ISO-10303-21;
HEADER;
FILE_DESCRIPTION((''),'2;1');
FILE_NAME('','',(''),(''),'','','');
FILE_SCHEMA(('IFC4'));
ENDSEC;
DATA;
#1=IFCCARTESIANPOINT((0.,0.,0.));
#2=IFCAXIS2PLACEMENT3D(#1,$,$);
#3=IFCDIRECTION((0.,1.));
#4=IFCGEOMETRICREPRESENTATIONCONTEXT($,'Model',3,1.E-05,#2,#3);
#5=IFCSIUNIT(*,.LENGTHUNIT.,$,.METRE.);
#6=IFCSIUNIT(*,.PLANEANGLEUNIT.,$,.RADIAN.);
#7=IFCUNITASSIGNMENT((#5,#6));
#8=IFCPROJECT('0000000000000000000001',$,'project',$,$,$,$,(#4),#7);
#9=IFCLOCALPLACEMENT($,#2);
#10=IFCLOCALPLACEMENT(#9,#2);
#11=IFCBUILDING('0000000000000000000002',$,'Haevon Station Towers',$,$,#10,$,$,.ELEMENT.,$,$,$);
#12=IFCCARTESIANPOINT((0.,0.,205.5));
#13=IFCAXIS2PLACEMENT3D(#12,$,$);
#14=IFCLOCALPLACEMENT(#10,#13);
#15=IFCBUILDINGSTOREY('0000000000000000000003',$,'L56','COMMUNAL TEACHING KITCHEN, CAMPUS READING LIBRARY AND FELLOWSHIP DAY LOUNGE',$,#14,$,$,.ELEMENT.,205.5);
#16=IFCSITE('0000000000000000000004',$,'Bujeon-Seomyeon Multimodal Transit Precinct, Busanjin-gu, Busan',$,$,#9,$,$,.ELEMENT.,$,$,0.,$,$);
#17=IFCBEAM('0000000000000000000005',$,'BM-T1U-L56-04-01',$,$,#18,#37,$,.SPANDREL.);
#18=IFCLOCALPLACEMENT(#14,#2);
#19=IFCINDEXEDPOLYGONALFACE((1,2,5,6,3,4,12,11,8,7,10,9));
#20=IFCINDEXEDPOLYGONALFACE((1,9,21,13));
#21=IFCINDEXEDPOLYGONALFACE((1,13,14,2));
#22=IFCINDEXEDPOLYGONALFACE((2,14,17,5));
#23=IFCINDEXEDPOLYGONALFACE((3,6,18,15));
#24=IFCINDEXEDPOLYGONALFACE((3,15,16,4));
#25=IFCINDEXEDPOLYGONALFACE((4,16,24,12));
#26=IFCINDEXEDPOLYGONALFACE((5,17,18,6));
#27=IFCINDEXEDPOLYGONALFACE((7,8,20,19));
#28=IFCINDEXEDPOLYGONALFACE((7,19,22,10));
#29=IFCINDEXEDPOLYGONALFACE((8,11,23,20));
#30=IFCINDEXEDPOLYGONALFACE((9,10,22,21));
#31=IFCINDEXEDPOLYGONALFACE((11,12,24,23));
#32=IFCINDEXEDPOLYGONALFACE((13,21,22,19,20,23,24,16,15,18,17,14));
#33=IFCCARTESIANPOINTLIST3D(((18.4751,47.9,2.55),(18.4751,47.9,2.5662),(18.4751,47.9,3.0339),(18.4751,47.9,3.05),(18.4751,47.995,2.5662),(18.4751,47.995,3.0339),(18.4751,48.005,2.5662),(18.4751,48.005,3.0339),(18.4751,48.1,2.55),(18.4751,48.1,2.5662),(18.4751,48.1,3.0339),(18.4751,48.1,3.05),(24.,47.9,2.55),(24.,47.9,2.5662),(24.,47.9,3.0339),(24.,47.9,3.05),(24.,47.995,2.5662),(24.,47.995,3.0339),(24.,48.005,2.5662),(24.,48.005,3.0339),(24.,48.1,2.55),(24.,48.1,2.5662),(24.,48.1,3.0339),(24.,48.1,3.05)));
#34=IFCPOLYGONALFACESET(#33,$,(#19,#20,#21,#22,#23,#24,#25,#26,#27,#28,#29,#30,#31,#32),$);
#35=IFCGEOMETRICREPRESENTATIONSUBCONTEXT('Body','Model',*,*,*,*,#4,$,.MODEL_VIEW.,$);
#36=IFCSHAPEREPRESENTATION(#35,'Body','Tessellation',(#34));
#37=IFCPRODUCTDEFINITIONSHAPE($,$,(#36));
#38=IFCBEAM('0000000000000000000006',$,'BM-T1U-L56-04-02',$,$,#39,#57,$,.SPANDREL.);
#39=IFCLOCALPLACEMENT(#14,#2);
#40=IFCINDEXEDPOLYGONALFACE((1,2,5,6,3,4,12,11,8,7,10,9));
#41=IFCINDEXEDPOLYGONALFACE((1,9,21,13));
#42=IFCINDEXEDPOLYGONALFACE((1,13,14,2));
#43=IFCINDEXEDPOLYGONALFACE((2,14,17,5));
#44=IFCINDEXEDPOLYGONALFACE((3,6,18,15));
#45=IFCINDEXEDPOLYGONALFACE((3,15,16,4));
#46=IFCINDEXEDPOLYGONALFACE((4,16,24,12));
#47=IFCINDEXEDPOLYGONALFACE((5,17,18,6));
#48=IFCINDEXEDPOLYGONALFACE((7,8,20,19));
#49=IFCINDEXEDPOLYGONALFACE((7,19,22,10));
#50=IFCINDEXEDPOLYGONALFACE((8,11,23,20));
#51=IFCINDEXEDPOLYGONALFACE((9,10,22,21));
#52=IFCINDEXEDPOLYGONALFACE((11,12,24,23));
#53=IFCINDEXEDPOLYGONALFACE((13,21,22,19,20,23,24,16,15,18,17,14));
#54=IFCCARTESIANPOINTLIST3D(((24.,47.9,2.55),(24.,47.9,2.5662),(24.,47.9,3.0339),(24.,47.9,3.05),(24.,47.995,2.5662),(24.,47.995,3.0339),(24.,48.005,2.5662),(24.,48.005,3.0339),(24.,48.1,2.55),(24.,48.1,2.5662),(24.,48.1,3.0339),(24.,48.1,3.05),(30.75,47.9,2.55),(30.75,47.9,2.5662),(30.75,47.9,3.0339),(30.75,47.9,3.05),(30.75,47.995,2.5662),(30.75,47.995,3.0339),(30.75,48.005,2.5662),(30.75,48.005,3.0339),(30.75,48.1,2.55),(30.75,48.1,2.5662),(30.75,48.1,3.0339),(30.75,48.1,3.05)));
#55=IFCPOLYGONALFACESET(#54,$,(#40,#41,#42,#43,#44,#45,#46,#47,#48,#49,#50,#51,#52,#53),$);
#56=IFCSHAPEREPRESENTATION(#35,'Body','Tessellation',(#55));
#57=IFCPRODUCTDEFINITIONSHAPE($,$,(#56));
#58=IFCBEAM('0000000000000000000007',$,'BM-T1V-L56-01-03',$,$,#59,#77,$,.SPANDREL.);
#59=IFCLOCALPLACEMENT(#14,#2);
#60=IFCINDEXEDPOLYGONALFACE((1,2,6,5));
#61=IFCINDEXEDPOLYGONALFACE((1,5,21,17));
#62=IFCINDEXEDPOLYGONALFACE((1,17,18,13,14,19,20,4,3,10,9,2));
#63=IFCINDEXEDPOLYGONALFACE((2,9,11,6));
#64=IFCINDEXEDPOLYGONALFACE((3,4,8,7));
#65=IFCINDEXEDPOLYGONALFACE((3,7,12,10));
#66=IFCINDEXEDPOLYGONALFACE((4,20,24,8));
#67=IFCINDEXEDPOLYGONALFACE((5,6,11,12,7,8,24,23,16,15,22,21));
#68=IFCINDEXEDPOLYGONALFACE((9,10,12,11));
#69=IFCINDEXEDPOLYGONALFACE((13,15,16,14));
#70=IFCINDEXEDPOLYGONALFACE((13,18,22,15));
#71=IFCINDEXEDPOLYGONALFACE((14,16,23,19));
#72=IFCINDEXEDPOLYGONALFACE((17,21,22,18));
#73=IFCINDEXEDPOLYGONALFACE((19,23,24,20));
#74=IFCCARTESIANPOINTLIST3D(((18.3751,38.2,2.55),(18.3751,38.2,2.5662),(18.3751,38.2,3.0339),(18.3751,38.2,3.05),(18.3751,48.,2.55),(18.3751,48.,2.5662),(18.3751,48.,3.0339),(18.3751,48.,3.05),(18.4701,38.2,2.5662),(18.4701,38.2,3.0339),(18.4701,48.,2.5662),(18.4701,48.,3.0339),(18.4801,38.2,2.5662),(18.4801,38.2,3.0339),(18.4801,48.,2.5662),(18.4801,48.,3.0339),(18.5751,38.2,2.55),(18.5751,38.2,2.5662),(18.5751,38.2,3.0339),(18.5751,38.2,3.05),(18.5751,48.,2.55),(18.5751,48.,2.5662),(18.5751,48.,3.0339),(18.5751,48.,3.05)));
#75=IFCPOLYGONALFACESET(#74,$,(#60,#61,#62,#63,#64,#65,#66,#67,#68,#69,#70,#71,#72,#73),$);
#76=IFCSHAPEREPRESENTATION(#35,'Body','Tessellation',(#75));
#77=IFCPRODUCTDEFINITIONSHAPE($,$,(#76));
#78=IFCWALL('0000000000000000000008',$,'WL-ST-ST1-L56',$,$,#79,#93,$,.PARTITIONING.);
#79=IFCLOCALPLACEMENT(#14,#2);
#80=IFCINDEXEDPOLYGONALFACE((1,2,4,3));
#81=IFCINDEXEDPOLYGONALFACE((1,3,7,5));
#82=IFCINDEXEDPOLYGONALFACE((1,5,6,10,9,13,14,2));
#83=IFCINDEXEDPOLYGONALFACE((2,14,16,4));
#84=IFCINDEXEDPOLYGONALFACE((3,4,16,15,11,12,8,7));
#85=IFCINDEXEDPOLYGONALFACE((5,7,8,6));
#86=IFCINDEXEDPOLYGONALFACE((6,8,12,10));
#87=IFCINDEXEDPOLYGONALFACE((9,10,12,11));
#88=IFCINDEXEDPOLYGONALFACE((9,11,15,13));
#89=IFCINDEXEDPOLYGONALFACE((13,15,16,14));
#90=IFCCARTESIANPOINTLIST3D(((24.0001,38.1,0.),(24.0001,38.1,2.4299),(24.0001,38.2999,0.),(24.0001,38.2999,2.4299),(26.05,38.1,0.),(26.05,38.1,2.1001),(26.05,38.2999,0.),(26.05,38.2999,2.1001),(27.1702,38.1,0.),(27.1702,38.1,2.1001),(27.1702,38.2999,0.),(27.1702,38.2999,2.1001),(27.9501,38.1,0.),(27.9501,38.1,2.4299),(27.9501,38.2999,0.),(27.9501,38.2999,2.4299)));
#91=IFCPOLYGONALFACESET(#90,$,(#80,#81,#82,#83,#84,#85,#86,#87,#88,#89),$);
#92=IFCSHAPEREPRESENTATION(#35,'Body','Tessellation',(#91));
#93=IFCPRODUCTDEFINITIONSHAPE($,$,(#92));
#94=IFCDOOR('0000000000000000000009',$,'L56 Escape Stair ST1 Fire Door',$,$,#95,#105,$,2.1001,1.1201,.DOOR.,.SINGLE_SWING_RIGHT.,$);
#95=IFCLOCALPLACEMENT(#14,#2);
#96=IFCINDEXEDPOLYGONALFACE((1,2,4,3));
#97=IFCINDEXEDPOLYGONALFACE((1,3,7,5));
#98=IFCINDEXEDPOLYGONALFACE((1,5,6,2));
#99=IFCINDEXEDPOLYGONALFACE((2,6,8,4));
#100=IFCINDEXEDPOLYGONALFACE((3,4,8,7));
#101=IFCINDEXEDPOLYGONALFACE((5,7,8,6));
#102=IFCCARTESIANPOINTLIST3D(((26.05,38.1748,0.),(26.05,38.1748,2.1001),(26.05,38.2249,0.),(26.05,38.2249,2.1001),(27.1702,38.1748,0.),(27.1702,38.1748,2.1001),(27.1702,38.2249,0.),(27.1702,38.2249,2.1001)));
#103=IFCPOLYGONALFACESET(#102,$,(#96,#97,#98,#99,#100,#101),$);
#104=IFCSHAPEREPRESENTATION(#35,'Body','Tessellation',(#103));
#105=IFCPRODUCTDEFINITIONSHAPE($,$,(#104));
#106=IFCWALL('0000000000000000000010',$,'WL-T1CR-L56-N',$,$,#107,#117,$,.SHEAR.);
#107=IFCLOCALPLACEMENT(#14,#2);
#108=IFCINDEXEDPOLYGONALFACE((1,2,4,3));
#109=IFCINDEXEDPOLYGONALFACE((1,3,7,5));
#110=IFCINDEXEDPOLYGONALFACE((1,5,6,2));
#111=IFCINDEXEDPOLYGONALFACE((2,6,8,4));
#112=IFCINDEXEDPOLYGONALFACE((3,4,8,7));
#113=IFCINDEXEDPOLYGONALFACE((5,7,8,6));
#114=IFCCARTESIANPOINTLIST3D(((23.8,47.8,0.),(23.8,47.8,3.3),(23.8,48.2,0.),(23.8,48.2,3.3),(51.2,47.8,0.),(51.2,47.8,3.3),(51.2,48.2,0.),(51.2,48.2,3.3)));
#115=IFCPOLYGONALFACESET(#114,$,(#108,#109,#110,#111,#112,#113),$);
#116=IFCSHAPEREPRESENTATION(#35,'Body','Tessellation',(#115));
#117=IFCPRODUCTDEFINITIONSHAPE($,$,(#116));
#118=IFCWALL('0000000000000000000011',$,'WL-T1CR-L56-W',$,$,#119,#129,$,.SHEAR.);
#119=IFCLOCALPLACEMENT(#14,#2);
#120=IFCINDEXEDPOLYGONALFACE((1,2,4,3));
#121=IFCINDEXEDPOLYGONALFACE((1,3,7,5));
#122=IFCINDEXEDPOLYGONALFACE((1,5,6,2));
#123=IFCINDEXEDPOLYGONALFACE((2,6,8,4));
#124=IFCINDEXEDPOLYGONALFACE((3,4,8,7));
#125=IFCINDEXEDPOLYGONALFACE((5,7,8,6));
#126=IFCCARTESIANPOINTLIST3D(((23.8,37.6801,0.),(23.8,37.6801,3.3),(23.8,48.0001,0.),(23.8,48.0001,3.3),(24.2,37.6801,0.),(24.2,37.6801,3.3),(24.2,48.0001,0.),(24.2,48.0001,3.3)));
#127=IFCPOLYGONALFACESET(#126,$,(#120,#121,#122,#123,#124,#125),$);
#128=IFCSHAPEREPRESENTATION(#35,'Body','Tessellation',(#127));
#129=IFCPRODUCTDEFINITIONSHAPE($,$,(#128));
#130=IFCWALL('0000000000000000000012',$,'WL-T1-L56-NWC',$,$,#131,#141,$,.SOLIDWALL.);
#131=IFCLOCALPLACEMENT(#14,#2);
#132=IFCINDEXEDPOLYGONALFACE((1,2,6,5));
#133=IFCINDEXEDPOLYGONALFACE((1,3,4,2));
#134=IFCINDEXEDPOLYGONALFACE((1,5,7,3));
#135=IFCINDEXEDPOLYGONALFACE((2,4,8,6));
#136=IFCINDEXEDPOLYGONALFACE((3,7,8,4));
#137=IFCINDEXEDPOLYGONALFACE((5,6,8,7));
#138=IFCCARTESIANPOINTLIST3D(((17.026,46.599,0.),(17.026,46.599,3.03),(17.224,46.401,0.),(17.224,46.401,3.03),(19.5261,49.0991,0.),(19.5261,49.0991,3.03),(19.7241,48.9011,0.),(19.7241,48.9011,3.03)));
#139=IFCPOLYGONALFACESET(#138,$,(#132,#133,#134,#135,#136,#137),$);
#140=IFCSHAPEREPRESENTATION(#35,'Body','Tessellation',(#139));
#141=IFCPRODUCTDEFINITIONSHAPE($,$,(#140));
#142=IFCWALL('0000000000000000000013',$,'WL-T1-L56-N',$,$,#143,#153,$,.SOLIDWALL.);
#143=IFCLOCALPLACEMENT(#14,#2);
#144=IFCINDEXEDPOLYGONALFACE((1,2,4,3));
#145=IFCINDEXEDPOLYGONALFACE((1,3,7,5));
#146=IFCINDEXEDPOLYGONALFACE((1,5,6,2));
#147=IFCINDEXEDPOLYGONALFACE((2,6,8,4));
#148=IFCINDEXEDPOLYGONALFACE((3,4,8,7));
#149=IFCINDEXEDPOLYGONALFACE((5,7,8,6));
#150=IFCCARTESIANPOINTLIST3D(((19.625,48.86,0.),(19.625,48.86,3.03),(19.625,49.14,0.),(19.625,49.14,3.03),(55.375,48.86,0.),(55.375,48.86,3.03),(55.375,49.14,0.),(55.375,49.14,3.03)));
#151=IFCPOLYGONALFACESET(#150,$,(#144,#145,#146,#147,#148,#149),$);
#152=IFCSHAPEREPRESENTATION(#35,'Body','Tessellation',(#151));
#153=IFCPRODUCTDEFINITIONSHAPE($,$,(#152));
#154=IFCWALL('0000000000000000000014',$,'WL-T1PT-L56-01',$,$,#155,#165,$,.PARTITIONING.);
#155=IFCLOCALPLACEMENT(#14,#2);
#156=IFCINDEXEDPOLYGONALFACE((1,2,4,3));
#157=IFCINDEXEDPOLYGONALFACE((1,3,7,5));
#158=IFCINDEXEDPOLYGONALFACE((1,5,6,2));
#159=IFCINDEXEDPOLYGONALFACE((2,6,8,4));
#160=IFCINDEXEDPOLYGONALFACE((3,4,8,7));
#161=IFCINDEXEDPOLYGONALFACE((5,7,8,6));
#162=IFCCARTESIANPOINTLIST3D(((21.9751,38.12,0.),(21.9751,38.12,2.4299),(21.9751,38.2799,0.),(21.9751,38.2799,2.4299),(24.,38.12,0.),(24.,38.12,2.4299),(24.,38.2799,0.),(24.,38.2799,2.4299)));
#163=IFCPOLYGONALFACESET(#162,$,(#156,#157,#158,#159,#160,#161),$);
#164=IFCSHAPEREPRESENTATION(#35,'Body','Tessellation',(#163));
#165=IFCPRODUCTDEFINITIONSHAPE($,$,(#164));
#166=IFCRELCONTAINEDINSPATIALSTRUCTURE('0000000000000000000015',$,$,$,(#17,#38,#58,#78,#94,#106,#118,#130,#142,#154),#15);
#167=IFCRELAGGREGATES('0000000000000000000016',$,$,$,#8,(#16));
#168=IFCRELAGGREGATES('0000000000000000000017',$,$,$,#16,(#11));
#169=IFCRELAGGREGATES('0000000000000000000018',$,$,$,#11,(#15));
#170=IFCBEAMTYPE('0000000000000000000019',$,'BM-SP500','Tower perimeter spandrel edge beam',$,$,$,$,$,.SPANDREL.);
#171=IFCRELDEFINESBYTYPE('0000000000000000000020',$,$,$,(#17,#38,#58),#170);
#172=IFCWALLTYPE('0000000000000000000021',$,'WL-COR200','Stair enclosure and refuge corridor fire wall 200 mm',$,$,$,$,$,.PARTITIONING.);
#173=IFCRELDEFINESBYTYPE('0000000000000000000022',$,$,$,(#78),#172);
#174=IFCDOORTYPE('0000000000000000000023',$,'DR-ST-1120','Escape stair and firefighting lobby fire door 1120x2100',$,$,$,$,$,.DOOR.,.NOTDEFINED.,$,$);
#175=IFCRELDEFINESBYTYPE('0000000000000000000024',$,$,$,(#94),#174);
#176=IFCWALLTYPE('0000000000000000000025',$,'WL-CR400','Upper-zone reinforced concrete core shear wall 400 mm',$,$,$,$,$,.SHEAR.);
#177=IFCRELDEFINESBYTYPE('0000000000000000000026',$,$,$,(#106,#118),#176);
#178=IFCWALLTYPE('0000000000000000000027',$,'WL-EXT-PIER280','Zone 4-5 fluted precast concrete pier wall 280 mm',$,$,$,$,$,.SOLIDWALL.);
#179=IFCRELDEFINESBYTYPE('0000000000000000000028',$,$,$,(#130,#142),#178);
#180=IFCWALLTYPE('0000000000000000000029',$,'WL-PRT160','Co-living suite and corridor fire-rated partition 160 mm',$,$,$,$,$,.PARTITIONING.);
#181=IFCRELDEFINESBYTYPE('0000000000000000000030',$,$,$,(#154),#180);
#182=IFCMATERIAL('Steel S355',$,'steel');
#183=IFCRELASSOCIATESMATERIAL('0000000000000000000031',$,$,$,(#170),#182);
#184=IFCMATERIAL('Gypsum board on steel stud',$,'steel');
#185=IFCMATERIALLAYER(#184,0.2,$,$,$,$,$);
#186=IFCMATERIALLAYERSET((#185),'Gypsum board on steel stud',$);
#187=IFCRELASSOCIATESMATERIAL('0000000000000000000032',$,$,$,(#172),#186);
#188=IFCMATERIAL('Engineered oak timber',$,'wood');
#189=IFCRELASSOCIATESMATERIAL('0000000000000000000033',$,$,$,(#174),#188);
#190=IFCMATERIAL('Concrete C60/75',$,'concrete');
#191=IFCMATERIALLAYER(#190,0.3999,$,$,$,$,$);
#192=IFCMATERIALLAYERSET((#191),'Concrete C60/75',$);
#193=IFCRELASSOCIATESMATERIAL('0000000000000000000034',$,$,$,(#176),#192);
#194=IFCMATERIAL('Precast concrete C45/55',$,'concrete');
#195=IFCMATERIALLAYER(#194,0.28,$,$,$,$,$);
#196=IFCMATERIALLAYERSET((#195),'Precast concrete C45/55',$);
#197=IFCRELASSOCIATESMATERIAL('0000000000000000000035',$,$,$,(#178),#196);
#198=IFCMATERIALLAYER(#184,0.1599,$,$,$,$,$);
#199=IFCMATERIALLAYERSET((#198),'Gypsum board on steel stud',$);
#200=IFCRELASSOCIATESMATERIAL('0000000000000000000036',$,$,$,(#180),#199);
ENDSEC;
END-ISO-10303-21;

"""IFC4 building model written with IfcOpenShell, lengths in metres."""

from ifc_helpers import new_model, si_unit, direction, frame, frame_2d, origin, origin_2d, place, context, subcontext, project, spatial, rectangle, i_section, extrude, material, layer, layer_set, material_profile, profile_set, type_object, element, fill, save


model = new_model("IFC4")

# Units and contexts
model_context = context("Model", 3, precision=1e-05, world=origin(), true_north=direction((0.0, 1.0)))
body_context = subcontext(model_context, "Body", "Model", "MODEL_VIEW")
ifc_project = project(units=[si_unit("LENGTHUNIT", "METRE"), si_unit("PLANEANGLEUNIT", "RADIAN")], contexts=[model_context])

# Site, building, storey
site_placement = place(None, origin())
site = spatial("IfcSite", under=ifc_project, at=site_placement, Name="Bujeon-Seomyeon Multimodal Transit Precinct, Busanjin-gu, Busan", CompositionType="ELEMENT", RefElevation=0.0)
building_placement = place(site_placement, origin())
building = spatial("IfcBuilding", under=site, at=building_placement, Name="Haevon Station Towers", CompositionType="ELEMENT")
storey_placement = place(building_placement, frame((0.0, 0.0, 205.5)))
storey = spatial("IfcBuildingStorey", under=building, at=storey_placement, Name="L56", Description="COMMUNAL TEACHING KITCHEN, CAMPUS READING LIBRARY AND FELLOWSHIP DAY LOUNGE", CompositionType="ELEMENT", Elevation=205.5)

# Shared definitions
ifc_material_1 = material(Name="Steel S355", Category="steel")

# Beams
ifc_material_profile_1 = material_profile(ifc_material_1, i_section(OverallWidth=0.2, OverallDepth=0.5, WebThickness=0.01, FlangeThickness=0.0161, at=origin_2d()), Name="H-500x200x10x16")
ifc_profile_set_1 = profile_set([ifc_material_profile_1], Name="Steel S355")
beam_type_1 = type_object("IfcBeamType", Name="BM-SP500", Description="Tower perimeter spandrel edge beam", PredefinedType="SPANDREL", material=ifc_profile_set_1)
beam_1_placement = place(storey_placement, frame((18.4751, 48.0, 2.8), z_axis=(1.0, 0.0, 0.0), x_axis=(0.0, 1.0, 0.0)))
element("IfcBeam", 1, at=beam_1_placement, inside=storey, type_object=beam_type_1, Name="BM-T1U-L56-04-01", PredefinedType="SPANDREL", context=body_context, shape_type="SweptSolid", body=[
    extrude(i_section(OverallWidth=0.2, OverallDepth=0.5, WebThickness=0.01, FlangeThickness=0.0161, at=origin_2d()), origin(), (0.0, 0.0, 1.0), 5.5249),
])
beam_2_placement = place(storey_placement, frame((24.0, 48.0, 2.8), z_axis=(1.0, 0.0, 0.0), x_axis=(0.0, 1.0, 0.0)))
element("IfcBeam", 2, at=beam_2_placement, inside=storey, type_object=beam_type_1, Name="BM-T1U-L56-04-02", PredefinedType="SPANDREL", context=body_context, shape_type="SweptSolid", body=[
    extrude(i_section(OverallWidth=0.2, OverallDepth=0.5, WebThickness=0.01, FlangeThickness=0.0161, at=origin_2d()), origin(), (0.0, 0.0, 1.0), 6.75),
])
beam_3_placement = place(storey_placement, frame((18.4751, 38.2, 2.8), z_axis=(0.0, 1.0, 0.0), x_axis=(-1.0, 0.0, 0.0)))
element("IfcBeam", 3, at=beam_3_placement, inside=storey, type_object=beam_type_1, Name="BM-T1V-L56-01-03", PredefinedType="SPANDREL", context=body_context, shape_type="SweptSolid", body=[
    extrude(i_section(OverallWidth=0.2, OverallDepth=0.5, WebThickness=0.01, FlangeThickness=0.0161, at=origin_2d()), origin(), (0.0, 0.0, 1.0), 9.8),
])

# Wall, opening, door
ifc_material_2 = material(Name="Gypsum board on steel stud", Category="steel")
ifc_layer_1 = layer(ifc_material_2, 0.2)
ifc_layer_set_1 = layer_set([ifc_layer_1], Name="Gypsum board on steel stud")
wall_type_1 = type_object("IfcWallType", Name="WL-COR200", Description="Stair enclosure and refuge corridor fire wall 200 mm", PredefinedType="PARTITIONING", material=ifc_layer_set_1)
wall_1_placement = place(storey_placement, frame((24.0, 38.2, 0.0), z_axis=(0.0, 0.0, 1.0), x_axis=(1.0, 0.0, 0.0)))
wall_1 = element("IfcWall", 4, at=wall_1_placement, inside=storey, type_object=wall_type_1, Name="WL-ST-ST1-L56", PredefinedType="PARTITIONING", context=body_context, shape_type="SweptSolid", body=[
    extrude(rectangle(XDim=3.95, YDim=0.2, at=frame_2d((1.9751, 0.0))), origin(), (0.0, 0.0, 1.0), 2.4299),
])
opening_1_placement = place(wall_1_placement, frame((2.05, 0.0, 0.0)))
opening_1 = element("IfcOpeningElement", 5, at=opening_1_placement, cuts=wall_1, PredefinedType="OPENING", context=body_context, shape_type="SweptSolid", body=[
    extrude(rectangle(XDim=1.1201, YDim=2.1001, at=frame_2d((0.5601, 1.05))), frame((0.0, 0.1099, 0.0), z_axis=(0.0, -1.0, 0.0), x_axis=(1.0, 0.0, 0.0)), (0.0, 0.0, 1.0), 0.22),
])
ifc_material_3 = material(Name="Engineered oak timber", Category="wood")
door_type_1 = type_object("IfcDoorType", Name="DR-ST-1120", Description="Escape stair and firefighting lobby fire door 1120x2100", OperationType="NOTDEFINED", PredefinedType="DOOR", material=ifc_material_3)
door_1_placement = place(opening_1_placement, origin())
door_1 = element("IfcDoor", 6, at=door_1_placement, inside=storey, type_object=door_type_1, Name="L56 Escape Stair ST1 Fire Door", OperationType="SINGLE_SWING_RIGHT", OverallHeight=2.1001, OverallWidth=1.1201, PredefinedType="DOOR", context=body_context, shape_type="SweptSolid", body=[
    extrude(rectangle(XDim=1.1201, YDim=2.1001, at=frame_2d((0.5601, 1.05))), frame((0.0, 0.0249, 0.0), z_axis=(0.0, -1.0, 0.0), x_axis=(1.0, 0.0, 0.0)), (0.0, 0.0, 1.0), 0.05),
])
fill(opening_1, door_1)

# Walls
ifc_material_4 = material(Name="Concrete C60/75", Category="concrete")
ifc_layer_2 = layer(ifc_material_4, 0.3999)
ifc_layer_set_2 = layer_set([ifc_layer_2], Name="Concrete C60/75")
wall_type_2 = type_object("IfcWallType", Name="WL-CR400", Description="Upper-zone reinforced concrete core shear wall 400 mm", PredefinedType="SHEAR", material=ifc_layer_set_2)
wall_2_placement = place(storey_placement, frame((23.8, 48.0, 0.0), z_axis=(0.0, 0.0, 1.0), x_axis=(1.0, 0.0, 0.0)))
element("IfcWall", 7, at=wall_2_placement, inside=storey, type_object=wall_type_2, Name="WL-T1CR-L56-N", PredefinedType="SHEAR", context=body_context, shape_type="SweptSolid", body=[
    extrude(rectangle(XDim=27.3999, YDim=0.3999, at=frame_2d((13.7, 0.0))), origin(), (0.0, 0.0, 1.0), 3.3),
])
wall_3_placement = place(storey_placement, frame((24.0, 37.6799, 0.0), z_axis=(0.0, 0.0, 1.0), x_axis=(0.0, 1.0, 0.0)))
element("IfcWall", 8, at=wall_3_placement, inside=storey, type_object=wall_type_2, Name="WL-T1CR-L56-W", PredefinedType="SHEAR", context=body_context, shape_type="SweptSolid", body=[
    extrude(rectangle(XDim=10.3201, YDim=0.3999, at=frame_2d((5.1602, 0.0))), origin(), (0.0, 0.0, 1.0), 3.3),
])
ifc_material_5 = material(Name="Precast concrete C45/55", Category="concrete")
ifc_layer_3 = layer(ifc_material_5, 0.28)
ifc_layer_set_3 = layer_set([ifc_layer_3], Name="Precast concrete C45/55")
wall_type_3 = type_object("IfcWallType", Name="WL-EXT-PIER280", Description="Zone 4-5 fluted precast concrete pier wall 280 mm", PredefinedType="SOLIDWALL", material=ifc_layer_set_3)
wall_4_placement = place(storey_placement, frame((17.125, 46.5, 0.0), z_axis=(0.0, 0.0, 1.0), x_axis=(0.707107, 0.707107, 0.0)))
element("IfcWall", 9, at=wall_4_placement, inside=storey, type_object=wall_type_3, Name="WL-T1-L56-NWC", PredefinedType="SOLIDWALL", context=body_context, shape_type="SweptSolid", body=[
    extrude(rectangle(XDim=3.5356, YDim=0.28, at=frame_2d((1.7678, 0.0))), origin(), (0.0, 0.0, 1.0), 3.03),
])
wall_5_placement = place(storey_placement, frame((19.625, 49.0, 0.0), z_axis=(0.0, 0.0, 1.0), x_axis=(1.0, 0.0, 0.0)))
element("IfcWall", 10, at=wall_5_placement, inside=storey, type_object=wall_type_3, Name="WL-T1-L56-N", PredefinedType="SOLIDWALL", context=body_context, shape_type="SweptSolid", body=[
    extrude(rectangle(XDim=35.75, YDim=0.28, at=frame_2d((17.875, 0.0))), origin(), (0.0, 0.0, 1.0), 3.03),
])
ifc_layer_4 = layer(ifc_material_2, 0.1599)
ifc_layer_set_4 = layer_set([ifc_layer_4], Name="Gypsum board on steel stud")
wall_type_4 = type_object("IfcWallType", Name="WL-PRT160", Description="Co-living suite and corridor fire-rated partition 160 mm", PredefinedType="PARTITIONING", material=ifc_layer_set_4)
wall_6_placement = place(storey_placement, frame((21.9751, 38.2, 0.0), z_axis=(0.0, 0.0, 1.0), x_axis=(1.0, 0.0, 0.0)))
element("IfcWall", 11, at=wall_6_placement, inside=storey, type_object=wall_type_4, Name="WL-T1PT-L56-01", PredefinedType="PARTITIONING", context=body_context, shape_type="SweptSolid", body=[
    extrude(rectangle(XDim=2.0249, YDim=0.1599, at=frame_2d((1.0125, 0.0))), origin(), (0.0, 0.0, 1.0), 2.4299),
])

save(model, "model.ifc")
